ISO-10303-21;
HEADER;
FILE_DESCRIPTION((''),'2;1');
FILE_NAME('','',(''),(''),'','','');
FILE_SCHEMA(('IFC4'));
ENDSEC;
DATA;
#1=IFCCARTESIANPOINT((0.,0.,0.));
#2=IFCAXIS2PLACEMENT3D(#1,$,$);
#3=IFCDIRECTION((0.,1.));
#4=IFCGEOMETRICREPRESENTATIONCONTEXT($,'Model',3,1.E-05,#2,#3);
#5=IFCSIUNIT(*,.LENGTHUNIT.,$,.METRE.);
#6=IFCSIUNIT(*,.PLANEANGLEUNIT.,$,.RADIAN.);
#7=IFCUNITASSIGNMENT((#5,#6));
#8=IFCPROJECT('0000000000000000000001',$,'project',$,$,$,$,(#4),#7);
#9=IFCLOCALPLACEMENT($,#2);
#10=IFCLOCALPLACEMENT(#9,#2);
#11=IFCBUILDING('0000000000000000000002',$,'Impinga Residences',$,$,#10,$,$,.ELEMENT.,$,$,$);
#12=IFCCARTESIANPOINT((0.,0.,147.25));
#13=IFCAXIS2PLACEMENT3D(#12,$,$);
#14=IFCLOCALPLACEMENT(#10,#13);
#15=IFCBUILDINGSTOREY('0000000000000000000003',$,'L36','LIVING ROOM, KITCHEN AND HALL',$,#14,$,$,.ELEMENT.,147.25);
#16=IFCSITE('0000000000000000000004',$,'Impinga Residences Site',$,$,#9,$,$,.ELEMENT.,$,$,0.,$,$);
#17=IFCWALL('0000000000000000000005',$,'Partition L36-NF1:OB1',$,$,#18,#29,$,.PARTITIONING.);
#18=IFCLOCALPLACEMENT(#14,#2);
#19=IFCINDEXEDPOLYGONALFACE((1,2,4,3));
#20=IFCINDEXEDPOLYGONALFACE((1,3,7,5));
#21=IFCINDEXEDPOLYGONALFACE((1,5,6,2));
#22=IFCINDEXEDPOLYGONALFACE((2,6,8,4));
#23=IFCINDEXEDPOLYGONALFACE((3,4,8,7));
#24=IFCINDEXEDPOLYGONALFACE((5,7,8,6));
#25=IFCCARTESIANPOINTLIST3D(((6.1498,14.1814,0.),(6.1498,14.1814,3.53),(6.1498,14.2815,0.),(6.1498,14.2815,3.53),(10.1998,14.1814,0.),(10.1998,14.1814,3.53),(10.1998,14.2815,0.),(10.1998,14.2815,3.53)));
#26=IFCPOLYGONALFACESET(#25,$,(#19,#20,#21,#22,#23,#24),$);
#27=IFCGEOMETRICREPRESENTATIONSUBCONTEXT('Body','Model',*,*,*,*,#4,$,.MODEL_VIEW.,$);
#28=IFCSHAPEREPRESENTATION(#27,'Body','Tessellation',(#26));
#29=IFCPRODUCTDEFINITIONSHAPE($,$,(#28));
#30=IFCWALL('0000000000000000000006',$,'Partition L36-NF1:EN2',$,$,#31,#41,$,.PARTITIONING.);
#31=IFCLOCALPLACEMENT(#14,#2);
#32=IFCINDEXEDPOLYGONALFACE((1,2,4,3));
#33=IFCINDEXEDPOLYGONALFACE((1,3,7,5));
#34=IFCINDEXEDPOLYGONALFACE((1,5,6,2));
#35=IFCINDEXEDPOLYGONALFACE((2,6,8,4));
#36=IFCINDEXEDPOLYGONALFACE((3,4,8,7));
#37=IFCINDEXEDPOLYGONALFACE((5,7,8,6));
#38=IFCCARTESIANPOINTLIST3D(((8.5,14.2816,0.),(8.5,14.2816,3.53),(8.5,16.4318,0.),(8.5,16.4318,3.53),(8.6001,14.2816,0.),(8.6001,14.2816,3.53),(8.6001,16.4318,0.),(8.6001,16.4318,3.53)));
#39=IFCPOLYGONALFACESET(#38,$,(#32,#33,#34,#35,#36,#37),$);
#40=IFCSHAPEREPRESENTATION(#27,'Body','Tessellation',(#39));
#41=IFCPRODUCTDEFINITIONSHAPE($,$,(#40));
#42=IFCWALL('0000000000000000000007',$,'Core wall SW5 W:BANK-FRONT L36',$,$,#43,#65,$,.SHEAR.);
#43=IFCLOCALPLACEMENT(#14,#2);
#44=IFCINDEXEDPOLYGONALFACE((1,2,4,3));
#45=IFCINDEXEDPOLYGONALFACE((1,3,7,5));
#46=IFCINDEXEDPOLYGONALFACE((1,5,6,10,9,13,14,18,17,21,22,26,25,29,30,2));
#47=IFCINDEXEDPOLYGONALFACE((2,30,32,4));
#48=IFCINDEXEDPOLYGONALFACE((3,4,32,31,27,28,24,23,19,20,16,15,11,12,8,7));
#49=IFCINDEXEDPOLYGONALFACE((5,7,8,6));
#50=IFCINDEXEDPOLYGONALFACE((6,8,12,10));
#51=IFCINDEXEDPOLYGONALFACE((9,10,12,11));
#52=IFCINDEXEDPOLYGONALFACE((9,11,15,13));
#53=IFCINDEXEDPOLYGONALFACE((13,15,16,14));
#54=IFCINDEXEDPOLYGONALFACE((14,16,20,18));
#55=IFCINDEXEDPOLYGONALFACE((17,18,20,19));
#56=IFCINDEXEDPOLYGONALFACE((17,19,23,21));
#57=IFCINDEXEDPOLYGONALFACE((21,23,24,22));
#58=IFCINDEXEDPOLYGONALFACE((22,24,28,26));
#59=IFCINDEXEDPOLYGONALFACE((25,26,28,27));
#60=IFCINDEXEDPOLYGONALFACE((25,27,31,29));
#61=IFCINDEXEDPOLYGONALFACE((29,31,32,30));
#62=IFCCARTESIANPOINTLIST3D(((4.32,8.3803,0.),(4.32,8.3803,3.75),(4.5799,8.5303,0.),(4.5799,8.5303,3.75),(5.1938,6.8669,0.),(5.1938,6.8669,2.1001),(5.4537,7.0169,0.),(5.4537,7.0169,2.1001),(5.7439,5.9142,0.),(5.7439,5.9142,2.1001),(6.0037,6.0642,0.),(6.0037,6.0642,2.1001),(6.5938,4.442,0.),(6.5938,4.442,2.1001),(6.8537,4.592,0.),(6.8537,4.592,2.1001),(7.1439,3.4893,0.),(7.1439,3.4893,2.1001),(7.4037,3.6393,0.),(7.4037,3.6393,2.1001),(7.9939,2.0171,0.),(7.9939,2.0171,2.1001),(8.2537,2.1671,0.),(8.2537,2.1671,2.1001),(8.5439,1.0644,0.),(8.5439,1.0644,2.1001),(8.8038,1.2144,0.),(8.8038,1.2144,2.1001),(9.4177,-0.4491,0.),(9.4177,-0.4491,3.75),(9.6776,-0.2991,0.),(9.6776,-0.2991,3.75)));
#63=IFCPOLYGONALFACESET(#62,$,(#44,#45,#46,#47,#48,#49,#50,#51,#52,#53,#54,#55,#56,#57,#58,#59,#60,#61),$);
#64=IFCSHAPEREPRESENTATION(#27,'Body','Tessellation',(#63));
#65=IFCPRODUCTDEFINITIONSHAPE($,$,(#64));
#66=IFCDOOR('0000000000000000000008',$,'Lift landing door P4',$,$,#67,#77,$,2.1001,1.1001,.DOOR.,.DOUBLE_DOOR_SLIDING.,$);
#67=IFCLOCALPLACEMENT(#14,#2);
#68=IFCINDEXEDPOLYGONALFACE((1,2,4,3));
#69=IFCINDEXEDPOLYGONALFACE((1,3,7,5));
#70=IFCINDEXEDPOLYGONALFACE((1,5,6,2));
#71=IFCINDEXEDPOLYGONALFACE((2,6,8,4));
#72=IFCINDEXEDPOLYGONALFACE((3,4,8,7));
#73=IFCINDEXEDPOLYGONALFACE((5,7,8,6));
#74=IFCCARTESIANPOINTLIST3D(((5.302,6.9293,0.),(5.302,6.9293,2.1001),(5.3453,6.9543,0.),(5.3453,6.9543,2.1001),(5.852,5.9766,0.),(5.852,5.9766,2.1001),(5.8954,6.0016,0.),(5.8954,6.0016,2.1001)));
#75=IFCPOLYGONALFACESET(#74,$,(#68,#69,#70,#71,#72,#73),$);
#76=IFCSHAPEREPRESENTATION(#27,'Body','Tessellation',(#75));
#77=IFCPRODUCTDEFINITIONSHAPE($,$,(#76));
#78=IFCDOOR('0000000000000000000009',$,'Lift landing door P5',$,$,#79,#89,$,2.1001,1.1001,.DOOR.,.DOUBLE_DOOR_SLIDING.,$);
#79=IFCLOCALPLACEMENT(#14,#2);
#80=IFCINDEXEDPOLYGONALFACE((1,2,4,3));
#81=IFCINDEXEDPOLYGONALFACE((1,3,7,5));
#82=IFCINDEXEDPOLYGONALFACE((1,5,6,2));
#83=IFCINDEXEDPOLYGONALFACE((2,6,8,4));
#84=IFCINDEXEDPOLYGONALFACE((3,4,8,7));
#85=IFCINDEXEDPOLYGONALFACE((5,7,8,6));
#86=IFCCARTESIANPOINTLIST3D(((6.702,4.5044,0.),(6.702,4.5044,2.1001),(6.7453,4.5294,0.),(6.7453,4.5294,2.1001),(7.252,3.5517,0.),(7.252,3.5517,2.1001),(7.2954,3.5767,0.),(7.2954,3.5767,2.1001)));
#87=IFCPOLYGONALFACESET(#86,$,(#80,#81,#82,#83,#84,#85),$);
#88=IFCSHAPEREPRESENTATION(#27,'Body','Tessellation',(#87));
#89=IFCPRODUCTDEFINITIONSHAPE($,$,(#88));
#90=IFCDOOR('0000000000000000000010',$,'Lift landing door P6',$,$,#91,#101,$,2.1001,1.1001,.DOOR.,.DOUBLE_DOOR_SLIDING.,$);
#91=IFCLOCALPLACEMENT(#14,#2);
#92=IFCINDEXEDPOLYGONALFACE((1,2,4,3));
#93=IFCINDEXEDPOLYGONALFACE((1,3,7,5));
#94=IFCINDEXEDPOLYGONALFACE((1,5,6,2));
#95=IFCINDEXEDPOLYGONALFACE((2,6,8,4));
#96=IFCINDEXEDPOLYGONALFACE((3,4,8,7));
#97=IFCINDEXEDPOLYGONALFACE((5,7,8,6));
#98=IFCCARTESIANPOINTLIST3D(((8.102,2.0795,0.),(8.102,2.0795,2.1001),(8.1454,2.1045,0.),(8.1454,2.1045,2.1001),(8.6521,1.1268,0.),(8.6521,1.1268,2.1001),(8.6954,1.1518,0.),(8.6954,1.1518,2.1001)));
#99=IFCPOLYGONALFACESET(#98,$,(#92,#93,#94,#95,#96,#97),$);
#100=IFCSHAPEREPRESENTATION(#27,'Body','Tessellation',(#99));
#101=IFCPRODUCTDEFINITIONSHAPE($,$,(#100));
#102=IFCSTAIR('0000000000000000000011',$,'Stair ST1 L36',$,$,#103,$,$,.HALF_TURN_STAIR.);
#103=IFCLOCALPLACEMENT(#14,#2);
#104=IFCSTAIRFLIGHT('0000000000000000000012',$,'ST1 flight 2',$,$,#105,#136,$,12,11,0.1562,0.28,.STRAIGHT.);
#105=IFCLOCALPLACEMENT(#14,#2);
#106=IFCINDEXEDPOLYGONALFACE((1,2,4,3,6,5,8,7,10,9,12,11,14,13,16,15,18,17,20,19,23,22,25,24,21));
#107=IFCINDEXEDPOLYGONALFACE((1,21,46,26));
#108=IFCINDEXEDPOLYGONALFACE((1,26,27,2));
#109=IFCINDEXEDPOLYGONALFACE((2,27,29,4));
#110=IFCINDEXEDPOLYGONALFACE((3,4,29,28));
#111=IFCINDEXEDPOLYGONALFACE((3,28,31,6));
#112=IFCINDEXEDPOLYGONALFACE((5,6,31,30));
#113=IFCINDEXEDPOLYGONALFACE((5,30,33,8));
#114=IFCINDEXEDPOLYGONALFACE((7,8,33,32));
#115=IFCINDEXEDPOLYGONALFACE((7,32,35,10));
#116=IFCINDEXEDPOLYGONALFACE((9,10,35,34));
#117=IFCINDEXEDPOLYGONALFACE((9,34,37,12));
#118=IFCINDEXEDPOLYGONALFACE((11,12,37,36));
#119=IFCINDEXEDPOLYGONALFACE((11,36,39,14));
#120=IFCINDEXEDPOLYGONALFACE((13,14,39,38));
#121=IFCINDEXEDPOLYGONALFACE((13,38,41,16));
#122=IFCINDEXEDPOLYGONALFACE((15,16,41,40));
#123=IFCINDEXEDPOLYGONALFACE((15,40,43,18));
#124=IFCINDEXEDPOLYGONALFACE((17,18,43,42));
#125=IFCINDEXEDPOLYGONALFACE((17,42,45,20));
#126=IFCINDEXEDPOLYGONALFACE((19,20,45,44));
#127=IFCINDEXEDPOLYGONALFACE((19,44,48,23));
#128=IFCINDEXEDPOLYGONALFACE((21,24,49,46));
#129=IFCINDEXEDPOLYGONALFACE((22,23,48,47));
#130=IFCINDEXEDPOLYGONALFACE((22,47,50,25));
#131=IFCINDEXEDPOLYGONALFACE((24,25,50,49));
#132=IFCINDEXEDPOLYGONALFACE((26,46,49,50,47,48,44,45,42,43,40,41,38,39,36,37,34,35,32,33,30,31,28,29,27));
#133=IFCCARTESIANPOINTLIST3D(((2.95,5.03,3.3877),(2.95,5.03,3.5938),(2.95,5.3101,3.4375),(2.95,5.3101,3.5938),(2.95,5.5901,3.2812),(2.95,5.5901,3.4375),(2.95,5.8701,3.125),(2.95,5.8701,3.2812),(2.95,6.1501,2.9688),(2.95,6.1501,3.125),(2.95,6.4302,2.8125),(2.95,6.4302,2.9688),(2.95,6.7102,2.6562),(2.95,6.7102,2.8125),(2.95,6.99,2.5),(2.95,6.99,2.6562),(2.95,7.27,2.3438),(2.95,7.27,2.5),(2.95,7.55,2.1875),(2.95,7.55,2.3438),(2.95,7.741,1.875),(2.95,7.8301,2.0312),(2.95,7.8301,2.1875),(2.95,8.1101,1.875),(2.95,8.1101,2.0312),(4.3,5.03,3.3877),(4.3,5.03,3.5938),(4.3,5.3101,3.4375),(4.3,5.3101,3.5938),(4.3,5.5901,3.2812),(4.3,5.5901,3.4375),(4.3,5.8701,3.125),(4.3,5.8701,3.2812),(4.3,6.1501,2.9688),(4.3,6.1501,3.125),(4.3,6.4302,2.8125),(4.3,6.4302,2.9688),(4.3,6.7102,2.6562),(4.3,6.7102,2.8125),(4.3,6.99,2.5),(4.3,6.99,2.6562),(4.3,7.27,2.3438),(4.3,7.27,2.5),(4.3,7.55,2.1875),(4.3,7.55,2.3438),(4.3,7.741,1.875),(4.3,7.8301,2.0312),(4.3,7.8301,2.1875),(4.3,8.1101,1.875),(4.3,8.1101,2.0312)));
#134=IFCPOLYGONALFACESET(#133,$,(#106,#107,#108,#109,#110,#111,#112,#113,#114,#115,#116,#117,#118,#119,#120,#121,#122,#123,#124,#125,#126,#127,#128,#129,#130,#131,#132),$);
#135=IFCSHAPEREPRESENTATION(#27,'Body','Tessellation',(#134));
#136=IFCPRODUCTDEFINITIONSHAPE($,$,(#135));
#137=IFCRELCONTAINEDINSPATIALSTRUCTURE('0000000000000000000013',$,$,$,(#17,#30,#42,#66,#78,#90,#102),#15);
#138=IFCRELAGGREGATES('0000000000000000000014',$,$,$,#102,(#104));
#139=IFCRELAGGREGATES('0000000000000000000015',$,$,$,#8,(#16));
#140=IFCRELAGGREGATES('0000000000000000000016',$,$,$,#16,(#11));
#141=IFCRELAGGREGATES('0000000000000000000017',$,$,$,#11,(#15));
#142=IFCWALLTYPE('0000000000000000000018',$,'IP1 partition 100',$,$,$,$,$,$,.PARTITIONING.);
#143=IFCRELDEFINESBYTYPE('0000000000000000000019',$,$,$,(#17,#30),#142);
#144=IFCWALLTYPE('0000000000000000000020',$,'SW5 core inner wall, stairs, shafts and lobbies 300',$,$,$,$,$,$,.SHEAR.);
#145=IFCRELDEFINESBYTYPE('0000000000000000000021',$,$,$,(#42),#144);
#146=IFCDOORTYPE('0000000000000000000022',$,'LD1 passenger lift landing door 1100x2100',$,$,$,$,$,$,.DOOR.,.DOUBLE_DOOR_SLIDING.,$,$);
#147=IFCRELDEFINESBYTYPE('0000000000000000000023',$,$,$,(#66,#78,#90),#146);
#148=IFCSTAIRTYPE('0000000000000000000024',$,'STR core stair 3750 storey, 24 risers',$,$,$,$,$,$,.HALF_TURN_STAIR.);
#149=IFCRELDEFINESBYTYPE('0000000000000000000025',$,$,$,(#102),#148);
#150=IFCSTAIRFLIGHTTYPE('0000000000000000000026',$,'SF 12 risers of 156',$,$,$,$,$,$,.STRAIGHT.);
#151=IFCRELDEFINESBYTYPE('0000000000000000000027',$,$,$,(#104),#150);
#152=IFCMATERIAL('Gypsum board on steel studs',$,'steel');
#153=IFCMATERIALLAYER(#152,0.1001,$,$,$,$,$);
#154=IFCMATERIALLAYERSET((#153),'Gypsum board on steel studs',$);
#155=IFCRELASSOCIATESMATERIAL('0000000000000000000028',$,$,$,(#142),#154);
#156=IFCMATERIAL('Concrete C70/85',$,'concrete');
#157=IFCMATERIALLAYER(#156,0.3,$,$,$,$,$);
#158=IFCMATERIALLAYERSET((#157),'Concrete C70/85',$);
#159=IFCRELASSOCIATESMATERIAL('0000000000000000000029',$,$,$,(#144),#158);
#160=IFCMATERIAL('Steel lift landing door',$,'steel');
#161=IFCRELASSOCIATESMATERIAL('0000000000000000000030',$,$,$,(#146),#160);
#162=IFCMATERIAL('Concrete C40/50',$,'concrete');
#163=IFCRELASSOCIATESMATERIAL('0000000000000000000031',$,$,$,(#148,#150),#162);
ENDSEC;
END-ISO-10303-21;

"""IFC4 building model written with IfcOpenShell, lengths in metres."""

from ifc_helpers import new_model, si_unit, direction, frame, frame_2d, origin, place, context, subcontext, project, spatial, polyline, rectangle, outline, extrude, material, layer, layer_set, type_object, element, fill, aggregate, save


model = new_model("IFC4")

# Units and contexts
model_context = context("Model", 3, precision=1e-05, world=origin(), true_north=direction((0.0, 1.0)))
body_context = subcontext(model_context, "Body", "Model", "MODEL_VIEW")
ifc_project = project(units=[si_unit("LENGTHUNIT", "METRE"), si_unit("PLANEANGLEUNIT", "RADIAN")], contexts=[model_context])

# Site, building, storey
site_placement = place(None, origin())
site = spatial("IfcSite", under=ifc_project, at=site_placement, Name="Impinga Residences Site", CompositionType="ELEMENT", RefElevation=0.0)
building_placement = place(site_placement, origin())
building = spatial("IfcBuilding", under=site, at=building_placement, Name="Impinga Residences", CompositionType="ELEMENT")
storey_placement = place(building_placement, frame((0.0, 0.0, 147.25)))
storey = spatial("IfcBuildingStorey", under=building, at=storey_placement, Name="L36", Description="LIVING ROOM, KITCHEN AND HALL", CompositionType="ELEMENT", Elevation=147.25)

# Shared definitions
ifc_material_1 = material(Name="Gypsum board on steel studs", Category="steel")
ifc_layer_1 = layer(ifc_material_1, 0.1001)
ifc_layer_set_1 = layer_set([ifc_layer_1], Name="Gypsum board on steel studs")
wall_type_1 = type_object("IfcWallType", Name="IP1 partition 100", PredefinedType="PARTITIONING", material=ifc_layer_set_1)

# Walls
wall_1_placement = place(storey_placement, frame((6.1499, 14.2314, 0.0), z_axis=(0.0, 0.0, 1.0), x_axis=(1.0, 0.0, 0.0)))
element("IfcWall", 1, at=wall_1_placement, inside=storey, type_object=wall_type_1, Name="Partition L36-NF1:OB1", PredefinedType="PARTITIONING", context=body_context, shape_type="SweptSolid", body=[
    extrude(rectangle(XDim=4.05, YDim=0.1001, at=frame_2d((2.0249, 0.0))), origin(), (0.0, 0.0, 1.0), 3.53),
])
wall_2_placement = place(storey_placement, frame((8.55, 14.2815, 0.0), z_axis=(0.0, 0.0, 1.0), x_axis=(0.0, 1.0, 0.0)))
element("IfcWall", 2, at=wall_2_placement, inside=storey, type_object=wall_type_1, Name="Partition L36-NF1:EN2", PredefinedType="PARTITIONING", context=body_context, shape_type="SweptSolid", body=[
    extrude(rectangle(XDim=2.1501, YDim=0.1001, at=frame_2d((1.0752, 0.0))), origin(), (0.0, 0.0, 1.0), 3.53),
])

# Wall, openings, doors
ifc_material_2 = material(Name="Concrete C70/85", Category="concrete")
ifc_layer_2 = layer(ifc_material_2, 0.3)
ifc_layer_set_2 = layer_set([ifc_layer_2], Name="Concrete C70/85")
wall_type_2 = type_object("IfcWallType", Name="SW5 core inner wall, stairs, shafts and lobbies 300", PredefinedType="SHEAR", material=ifc_layer_set_2)
wall_3_placement = place(storey_placement, frame((4.45, 8.4553, 0.0), z_axis=(0.0, 0.0, 1.0), x_axis=(0.500002, -0.866024, 0.0)))
wall_3 = element("IfcWall", 3, at=wall_3_placement, inside=storey, type_object=wall_type_2, Name="Core wall SW5 W:BANK-FRONT L36", PredefinedType="SHEAR", context=body_context, shape_type="SweptSolid", body=[
    extrude(rectangle(XDim=10.1953, YDim=0.3, at=frame_2d((5.0977, 0.0))), origin(), (0.0, 0.0, 1.0), 3.75),
])
opening_1_placement = place(wall_3_placement, frame((1.7476, 0.0, 0.0)))
opening_1 = element("IfcOpeningElement", 4, at=opening_1_placement, cuts=wall_3, PredefinedType="OPENING", context=body_context, shape_type="SweptSolid", body=[
    extrude(rectangle(XDim=1.1001, YDim=2.1001, at=frame_2d((0.55, 1.05))), frame((0.0, 0.1599, 0.0), z_axis=(0.0, -1.0, 0.0), x_axis=(1.0, 0.0, 0.0)), (0.0, 0.0, 1.0), 0.3201),
])
opening_2_placement = place(wall_3_placement, frame((4.5476, 0.0, 0.0)))
opening_2 = element("IfcOpeningElement", 5, at=opening_2_placement, cuts=wall_3, PredefinedType="OPENING", context=body_context, shape_type="SweptSolid", body=[
    extrude(rectangle(XDim=1.1001, YDim=2.1001, at=frame_2d((0.55, 1.05))), frame((0.0, 0.1599, 0.0), z_axis=(0.0, -1.0, 0.0), x_axis=(1.0, 0.0, 0.0)), (0.0, 0.0, 1.0), 0.3201),
])
opening_3_placement = place(wall_3_placement, frame((7.3477, 0.0, 0.0)))
opening_3 = element("IfcOpeningElement", 6, at=opening_3_placement, cuts=wall_3, PredefinedType="OPENING", context=body_context, shape_type="SweptSolid", body=[
    extrude(rectangle(XDim=1.1001, YDim=2.1001, at=frame_2d((0.55, 1.05))), frame((0.0, 0.1599, 0.0), z_axis=(0.0, -1.0, 0.0), x_axis=(1.0, 0.0, 0.0)), (0.0, 0.0, 1.0), 0.3201),
])
ifc_material_3 = material(Name="Steel lift landing door", Category="steel")
door_type_1 = type_object("IfcDoorType", Name="LD1 passenger lift landing door 1100x2100", OperationType="DOUBLE_DOOR_SLIDING", PredefinedType="DOOR", material=ifc_material_3)
door_1_placement = place(opening_1_placement, origin())
door_1 = element("IfcDoor", 7, at=door_1_placement, inside=storey, type_object=door_type_1, Name="Lift landing door P4", OperationType="DOUBLE_DOOR_SLIDING", OverallHeight=2.1001, OverallWidth=1.1001, PredefinedType="DOOR", context=body_context, shape_type="SweptSolid", body=[
    extrude(rectangle(XDim=1.1001, YDim=2.1001, at=frame_2d((0.55, 1.05))), frame((0.0, 0.0249, 0.0), z_axis=(0.0, -1.0, 0.0), x_axis=(1.0, 0.0, 0.0)), (0.0, 0.0, 1.0), 0.05),
])
fill(opening_1, door_1)
door_2_placement = place(opening_2_placement, origin())
door_2 = element("IfcDoor", 8, at=door_2_placement, inside=storey, type_object=door_type_1, Name="Lift landing door P5", OperationType="DOUBLE_DOOR_SLIDING", OverallHeight=2.1001, OverallWidth=1.1001, PredefinedType="DOOR", context=body_context, shape_type="SweptSolid", body=[
    extrude(rectangle(XDim=1.1001, YDim=2.1001, at=frame_2d((0.55, 1.05))), frame((0.0, 0.0249, 0.0), z_axis=(0.0, -1.0, 0.0), x_axis=(1.0, 0.0, 0.0)), (0.0, 0.0, 1.0), 0.05),
])
fill(opening_2, door_2)
door_3_placement = place(opening_3_placement, origin())
door_3 = element("IfcDoor", 9, at=door_3_placement, inside=storey, type_object=door_type_1, Name="Lift landing door P6", OperationType="DOUBLE_DOOR_SLIDING", OverallHeight=2.1001, OverallWidth=1.1001, PredefinedType="DOOR", context=body_context, shape_type="SweptSolid", body=[
    extrude(rectangle(XDim=1.1001, YDim=2.1001, at=frame_2d((0.55, 1.05))), frame((0.0, 0.0249, 0.0), z_axis=(0.0, -1.0, 0.0), x_axis=(1.0, 0.0, 0.0)), (0.0, 0.0, 1.0), 0.05),
])
fill(opening_3, door_3)

# Stair, stair flight
ifc_material_4 = material(Name="Concrete C40/50", Category="concrete")
stair_type = type_object("IfcStairType", Name="STR core stair 3750 storey, 24 risers", PredefinedType="HALF_TURN_STAIR", material=ifc_material_4)
stair_placement = place(storey_placement, origin())
stair = element("IfcStair", 10, at=stair_placement, inside=storey, type_object=stair_type, Name="Stair ST1 L36", PredefinedType="HALF_TURN_STAIR")
stair_flight_type = type_object("IfcStairFlightType", Name="SF 12 risers of 156", PredefinedType="STRAIGHT", material=ifc_material_4)
stair_flight_placement = place(storey_placement, frame((3.625, 8.1101, 1.875), z_axis=(0.0, 0.0, 1.0), x_axis=(0.0, -1.0, 0.0)))
stair_flight = element("IfcStairFlight", 11, at=stair_flight_placement, type_object=stair_flight_type, Name="ST1 flight 2", NumberOfRisers=12, NumberOfTreads=11, PredefinedType="STRAIGHT", RiserHeight=0.1562, TreadLength=0.28, context=body_context, shape_type="SweptSolid", body=[
    extrude(outline(polyline([(0.0, 0.0), (0.0, 0.1562), (0.28, 0.1562), (0.28, 0.3125), (0.5601, 0.3125), (0.5601, 0.4688), (0.8401, 0.4688), (0.8401, 0.625), (1.1201, 0.625), (1.1201, 0.7812), (1.3999, 0.7812), (1.3999, 0.9375), (1.6799, 0.9375), (1.6799, 1.0938), (1.96, 1.0938), (1.96, 1.25), (2.24, 1.25), (2.24, 1.4062), (2.52, 1.4062), (2.52, 1.5625), (2.8, 1.5625), (2.8, 1.7188), (3.0801, 1.7188), (3.0801, 1.875), (3.0801, 1.5127), (0.3691, 0.0), (0.0, 0.0)])), frame((0.0, 0.675, 0.0), z_axis=(0.0, -1.0, 0.0), x_axis=(1.0, 0.0, 0.0)), (0.0, 0.0, 1.0), 1.3501),
])
aggregate(stair, [stair_flight])

save(model, "model.ifc")
